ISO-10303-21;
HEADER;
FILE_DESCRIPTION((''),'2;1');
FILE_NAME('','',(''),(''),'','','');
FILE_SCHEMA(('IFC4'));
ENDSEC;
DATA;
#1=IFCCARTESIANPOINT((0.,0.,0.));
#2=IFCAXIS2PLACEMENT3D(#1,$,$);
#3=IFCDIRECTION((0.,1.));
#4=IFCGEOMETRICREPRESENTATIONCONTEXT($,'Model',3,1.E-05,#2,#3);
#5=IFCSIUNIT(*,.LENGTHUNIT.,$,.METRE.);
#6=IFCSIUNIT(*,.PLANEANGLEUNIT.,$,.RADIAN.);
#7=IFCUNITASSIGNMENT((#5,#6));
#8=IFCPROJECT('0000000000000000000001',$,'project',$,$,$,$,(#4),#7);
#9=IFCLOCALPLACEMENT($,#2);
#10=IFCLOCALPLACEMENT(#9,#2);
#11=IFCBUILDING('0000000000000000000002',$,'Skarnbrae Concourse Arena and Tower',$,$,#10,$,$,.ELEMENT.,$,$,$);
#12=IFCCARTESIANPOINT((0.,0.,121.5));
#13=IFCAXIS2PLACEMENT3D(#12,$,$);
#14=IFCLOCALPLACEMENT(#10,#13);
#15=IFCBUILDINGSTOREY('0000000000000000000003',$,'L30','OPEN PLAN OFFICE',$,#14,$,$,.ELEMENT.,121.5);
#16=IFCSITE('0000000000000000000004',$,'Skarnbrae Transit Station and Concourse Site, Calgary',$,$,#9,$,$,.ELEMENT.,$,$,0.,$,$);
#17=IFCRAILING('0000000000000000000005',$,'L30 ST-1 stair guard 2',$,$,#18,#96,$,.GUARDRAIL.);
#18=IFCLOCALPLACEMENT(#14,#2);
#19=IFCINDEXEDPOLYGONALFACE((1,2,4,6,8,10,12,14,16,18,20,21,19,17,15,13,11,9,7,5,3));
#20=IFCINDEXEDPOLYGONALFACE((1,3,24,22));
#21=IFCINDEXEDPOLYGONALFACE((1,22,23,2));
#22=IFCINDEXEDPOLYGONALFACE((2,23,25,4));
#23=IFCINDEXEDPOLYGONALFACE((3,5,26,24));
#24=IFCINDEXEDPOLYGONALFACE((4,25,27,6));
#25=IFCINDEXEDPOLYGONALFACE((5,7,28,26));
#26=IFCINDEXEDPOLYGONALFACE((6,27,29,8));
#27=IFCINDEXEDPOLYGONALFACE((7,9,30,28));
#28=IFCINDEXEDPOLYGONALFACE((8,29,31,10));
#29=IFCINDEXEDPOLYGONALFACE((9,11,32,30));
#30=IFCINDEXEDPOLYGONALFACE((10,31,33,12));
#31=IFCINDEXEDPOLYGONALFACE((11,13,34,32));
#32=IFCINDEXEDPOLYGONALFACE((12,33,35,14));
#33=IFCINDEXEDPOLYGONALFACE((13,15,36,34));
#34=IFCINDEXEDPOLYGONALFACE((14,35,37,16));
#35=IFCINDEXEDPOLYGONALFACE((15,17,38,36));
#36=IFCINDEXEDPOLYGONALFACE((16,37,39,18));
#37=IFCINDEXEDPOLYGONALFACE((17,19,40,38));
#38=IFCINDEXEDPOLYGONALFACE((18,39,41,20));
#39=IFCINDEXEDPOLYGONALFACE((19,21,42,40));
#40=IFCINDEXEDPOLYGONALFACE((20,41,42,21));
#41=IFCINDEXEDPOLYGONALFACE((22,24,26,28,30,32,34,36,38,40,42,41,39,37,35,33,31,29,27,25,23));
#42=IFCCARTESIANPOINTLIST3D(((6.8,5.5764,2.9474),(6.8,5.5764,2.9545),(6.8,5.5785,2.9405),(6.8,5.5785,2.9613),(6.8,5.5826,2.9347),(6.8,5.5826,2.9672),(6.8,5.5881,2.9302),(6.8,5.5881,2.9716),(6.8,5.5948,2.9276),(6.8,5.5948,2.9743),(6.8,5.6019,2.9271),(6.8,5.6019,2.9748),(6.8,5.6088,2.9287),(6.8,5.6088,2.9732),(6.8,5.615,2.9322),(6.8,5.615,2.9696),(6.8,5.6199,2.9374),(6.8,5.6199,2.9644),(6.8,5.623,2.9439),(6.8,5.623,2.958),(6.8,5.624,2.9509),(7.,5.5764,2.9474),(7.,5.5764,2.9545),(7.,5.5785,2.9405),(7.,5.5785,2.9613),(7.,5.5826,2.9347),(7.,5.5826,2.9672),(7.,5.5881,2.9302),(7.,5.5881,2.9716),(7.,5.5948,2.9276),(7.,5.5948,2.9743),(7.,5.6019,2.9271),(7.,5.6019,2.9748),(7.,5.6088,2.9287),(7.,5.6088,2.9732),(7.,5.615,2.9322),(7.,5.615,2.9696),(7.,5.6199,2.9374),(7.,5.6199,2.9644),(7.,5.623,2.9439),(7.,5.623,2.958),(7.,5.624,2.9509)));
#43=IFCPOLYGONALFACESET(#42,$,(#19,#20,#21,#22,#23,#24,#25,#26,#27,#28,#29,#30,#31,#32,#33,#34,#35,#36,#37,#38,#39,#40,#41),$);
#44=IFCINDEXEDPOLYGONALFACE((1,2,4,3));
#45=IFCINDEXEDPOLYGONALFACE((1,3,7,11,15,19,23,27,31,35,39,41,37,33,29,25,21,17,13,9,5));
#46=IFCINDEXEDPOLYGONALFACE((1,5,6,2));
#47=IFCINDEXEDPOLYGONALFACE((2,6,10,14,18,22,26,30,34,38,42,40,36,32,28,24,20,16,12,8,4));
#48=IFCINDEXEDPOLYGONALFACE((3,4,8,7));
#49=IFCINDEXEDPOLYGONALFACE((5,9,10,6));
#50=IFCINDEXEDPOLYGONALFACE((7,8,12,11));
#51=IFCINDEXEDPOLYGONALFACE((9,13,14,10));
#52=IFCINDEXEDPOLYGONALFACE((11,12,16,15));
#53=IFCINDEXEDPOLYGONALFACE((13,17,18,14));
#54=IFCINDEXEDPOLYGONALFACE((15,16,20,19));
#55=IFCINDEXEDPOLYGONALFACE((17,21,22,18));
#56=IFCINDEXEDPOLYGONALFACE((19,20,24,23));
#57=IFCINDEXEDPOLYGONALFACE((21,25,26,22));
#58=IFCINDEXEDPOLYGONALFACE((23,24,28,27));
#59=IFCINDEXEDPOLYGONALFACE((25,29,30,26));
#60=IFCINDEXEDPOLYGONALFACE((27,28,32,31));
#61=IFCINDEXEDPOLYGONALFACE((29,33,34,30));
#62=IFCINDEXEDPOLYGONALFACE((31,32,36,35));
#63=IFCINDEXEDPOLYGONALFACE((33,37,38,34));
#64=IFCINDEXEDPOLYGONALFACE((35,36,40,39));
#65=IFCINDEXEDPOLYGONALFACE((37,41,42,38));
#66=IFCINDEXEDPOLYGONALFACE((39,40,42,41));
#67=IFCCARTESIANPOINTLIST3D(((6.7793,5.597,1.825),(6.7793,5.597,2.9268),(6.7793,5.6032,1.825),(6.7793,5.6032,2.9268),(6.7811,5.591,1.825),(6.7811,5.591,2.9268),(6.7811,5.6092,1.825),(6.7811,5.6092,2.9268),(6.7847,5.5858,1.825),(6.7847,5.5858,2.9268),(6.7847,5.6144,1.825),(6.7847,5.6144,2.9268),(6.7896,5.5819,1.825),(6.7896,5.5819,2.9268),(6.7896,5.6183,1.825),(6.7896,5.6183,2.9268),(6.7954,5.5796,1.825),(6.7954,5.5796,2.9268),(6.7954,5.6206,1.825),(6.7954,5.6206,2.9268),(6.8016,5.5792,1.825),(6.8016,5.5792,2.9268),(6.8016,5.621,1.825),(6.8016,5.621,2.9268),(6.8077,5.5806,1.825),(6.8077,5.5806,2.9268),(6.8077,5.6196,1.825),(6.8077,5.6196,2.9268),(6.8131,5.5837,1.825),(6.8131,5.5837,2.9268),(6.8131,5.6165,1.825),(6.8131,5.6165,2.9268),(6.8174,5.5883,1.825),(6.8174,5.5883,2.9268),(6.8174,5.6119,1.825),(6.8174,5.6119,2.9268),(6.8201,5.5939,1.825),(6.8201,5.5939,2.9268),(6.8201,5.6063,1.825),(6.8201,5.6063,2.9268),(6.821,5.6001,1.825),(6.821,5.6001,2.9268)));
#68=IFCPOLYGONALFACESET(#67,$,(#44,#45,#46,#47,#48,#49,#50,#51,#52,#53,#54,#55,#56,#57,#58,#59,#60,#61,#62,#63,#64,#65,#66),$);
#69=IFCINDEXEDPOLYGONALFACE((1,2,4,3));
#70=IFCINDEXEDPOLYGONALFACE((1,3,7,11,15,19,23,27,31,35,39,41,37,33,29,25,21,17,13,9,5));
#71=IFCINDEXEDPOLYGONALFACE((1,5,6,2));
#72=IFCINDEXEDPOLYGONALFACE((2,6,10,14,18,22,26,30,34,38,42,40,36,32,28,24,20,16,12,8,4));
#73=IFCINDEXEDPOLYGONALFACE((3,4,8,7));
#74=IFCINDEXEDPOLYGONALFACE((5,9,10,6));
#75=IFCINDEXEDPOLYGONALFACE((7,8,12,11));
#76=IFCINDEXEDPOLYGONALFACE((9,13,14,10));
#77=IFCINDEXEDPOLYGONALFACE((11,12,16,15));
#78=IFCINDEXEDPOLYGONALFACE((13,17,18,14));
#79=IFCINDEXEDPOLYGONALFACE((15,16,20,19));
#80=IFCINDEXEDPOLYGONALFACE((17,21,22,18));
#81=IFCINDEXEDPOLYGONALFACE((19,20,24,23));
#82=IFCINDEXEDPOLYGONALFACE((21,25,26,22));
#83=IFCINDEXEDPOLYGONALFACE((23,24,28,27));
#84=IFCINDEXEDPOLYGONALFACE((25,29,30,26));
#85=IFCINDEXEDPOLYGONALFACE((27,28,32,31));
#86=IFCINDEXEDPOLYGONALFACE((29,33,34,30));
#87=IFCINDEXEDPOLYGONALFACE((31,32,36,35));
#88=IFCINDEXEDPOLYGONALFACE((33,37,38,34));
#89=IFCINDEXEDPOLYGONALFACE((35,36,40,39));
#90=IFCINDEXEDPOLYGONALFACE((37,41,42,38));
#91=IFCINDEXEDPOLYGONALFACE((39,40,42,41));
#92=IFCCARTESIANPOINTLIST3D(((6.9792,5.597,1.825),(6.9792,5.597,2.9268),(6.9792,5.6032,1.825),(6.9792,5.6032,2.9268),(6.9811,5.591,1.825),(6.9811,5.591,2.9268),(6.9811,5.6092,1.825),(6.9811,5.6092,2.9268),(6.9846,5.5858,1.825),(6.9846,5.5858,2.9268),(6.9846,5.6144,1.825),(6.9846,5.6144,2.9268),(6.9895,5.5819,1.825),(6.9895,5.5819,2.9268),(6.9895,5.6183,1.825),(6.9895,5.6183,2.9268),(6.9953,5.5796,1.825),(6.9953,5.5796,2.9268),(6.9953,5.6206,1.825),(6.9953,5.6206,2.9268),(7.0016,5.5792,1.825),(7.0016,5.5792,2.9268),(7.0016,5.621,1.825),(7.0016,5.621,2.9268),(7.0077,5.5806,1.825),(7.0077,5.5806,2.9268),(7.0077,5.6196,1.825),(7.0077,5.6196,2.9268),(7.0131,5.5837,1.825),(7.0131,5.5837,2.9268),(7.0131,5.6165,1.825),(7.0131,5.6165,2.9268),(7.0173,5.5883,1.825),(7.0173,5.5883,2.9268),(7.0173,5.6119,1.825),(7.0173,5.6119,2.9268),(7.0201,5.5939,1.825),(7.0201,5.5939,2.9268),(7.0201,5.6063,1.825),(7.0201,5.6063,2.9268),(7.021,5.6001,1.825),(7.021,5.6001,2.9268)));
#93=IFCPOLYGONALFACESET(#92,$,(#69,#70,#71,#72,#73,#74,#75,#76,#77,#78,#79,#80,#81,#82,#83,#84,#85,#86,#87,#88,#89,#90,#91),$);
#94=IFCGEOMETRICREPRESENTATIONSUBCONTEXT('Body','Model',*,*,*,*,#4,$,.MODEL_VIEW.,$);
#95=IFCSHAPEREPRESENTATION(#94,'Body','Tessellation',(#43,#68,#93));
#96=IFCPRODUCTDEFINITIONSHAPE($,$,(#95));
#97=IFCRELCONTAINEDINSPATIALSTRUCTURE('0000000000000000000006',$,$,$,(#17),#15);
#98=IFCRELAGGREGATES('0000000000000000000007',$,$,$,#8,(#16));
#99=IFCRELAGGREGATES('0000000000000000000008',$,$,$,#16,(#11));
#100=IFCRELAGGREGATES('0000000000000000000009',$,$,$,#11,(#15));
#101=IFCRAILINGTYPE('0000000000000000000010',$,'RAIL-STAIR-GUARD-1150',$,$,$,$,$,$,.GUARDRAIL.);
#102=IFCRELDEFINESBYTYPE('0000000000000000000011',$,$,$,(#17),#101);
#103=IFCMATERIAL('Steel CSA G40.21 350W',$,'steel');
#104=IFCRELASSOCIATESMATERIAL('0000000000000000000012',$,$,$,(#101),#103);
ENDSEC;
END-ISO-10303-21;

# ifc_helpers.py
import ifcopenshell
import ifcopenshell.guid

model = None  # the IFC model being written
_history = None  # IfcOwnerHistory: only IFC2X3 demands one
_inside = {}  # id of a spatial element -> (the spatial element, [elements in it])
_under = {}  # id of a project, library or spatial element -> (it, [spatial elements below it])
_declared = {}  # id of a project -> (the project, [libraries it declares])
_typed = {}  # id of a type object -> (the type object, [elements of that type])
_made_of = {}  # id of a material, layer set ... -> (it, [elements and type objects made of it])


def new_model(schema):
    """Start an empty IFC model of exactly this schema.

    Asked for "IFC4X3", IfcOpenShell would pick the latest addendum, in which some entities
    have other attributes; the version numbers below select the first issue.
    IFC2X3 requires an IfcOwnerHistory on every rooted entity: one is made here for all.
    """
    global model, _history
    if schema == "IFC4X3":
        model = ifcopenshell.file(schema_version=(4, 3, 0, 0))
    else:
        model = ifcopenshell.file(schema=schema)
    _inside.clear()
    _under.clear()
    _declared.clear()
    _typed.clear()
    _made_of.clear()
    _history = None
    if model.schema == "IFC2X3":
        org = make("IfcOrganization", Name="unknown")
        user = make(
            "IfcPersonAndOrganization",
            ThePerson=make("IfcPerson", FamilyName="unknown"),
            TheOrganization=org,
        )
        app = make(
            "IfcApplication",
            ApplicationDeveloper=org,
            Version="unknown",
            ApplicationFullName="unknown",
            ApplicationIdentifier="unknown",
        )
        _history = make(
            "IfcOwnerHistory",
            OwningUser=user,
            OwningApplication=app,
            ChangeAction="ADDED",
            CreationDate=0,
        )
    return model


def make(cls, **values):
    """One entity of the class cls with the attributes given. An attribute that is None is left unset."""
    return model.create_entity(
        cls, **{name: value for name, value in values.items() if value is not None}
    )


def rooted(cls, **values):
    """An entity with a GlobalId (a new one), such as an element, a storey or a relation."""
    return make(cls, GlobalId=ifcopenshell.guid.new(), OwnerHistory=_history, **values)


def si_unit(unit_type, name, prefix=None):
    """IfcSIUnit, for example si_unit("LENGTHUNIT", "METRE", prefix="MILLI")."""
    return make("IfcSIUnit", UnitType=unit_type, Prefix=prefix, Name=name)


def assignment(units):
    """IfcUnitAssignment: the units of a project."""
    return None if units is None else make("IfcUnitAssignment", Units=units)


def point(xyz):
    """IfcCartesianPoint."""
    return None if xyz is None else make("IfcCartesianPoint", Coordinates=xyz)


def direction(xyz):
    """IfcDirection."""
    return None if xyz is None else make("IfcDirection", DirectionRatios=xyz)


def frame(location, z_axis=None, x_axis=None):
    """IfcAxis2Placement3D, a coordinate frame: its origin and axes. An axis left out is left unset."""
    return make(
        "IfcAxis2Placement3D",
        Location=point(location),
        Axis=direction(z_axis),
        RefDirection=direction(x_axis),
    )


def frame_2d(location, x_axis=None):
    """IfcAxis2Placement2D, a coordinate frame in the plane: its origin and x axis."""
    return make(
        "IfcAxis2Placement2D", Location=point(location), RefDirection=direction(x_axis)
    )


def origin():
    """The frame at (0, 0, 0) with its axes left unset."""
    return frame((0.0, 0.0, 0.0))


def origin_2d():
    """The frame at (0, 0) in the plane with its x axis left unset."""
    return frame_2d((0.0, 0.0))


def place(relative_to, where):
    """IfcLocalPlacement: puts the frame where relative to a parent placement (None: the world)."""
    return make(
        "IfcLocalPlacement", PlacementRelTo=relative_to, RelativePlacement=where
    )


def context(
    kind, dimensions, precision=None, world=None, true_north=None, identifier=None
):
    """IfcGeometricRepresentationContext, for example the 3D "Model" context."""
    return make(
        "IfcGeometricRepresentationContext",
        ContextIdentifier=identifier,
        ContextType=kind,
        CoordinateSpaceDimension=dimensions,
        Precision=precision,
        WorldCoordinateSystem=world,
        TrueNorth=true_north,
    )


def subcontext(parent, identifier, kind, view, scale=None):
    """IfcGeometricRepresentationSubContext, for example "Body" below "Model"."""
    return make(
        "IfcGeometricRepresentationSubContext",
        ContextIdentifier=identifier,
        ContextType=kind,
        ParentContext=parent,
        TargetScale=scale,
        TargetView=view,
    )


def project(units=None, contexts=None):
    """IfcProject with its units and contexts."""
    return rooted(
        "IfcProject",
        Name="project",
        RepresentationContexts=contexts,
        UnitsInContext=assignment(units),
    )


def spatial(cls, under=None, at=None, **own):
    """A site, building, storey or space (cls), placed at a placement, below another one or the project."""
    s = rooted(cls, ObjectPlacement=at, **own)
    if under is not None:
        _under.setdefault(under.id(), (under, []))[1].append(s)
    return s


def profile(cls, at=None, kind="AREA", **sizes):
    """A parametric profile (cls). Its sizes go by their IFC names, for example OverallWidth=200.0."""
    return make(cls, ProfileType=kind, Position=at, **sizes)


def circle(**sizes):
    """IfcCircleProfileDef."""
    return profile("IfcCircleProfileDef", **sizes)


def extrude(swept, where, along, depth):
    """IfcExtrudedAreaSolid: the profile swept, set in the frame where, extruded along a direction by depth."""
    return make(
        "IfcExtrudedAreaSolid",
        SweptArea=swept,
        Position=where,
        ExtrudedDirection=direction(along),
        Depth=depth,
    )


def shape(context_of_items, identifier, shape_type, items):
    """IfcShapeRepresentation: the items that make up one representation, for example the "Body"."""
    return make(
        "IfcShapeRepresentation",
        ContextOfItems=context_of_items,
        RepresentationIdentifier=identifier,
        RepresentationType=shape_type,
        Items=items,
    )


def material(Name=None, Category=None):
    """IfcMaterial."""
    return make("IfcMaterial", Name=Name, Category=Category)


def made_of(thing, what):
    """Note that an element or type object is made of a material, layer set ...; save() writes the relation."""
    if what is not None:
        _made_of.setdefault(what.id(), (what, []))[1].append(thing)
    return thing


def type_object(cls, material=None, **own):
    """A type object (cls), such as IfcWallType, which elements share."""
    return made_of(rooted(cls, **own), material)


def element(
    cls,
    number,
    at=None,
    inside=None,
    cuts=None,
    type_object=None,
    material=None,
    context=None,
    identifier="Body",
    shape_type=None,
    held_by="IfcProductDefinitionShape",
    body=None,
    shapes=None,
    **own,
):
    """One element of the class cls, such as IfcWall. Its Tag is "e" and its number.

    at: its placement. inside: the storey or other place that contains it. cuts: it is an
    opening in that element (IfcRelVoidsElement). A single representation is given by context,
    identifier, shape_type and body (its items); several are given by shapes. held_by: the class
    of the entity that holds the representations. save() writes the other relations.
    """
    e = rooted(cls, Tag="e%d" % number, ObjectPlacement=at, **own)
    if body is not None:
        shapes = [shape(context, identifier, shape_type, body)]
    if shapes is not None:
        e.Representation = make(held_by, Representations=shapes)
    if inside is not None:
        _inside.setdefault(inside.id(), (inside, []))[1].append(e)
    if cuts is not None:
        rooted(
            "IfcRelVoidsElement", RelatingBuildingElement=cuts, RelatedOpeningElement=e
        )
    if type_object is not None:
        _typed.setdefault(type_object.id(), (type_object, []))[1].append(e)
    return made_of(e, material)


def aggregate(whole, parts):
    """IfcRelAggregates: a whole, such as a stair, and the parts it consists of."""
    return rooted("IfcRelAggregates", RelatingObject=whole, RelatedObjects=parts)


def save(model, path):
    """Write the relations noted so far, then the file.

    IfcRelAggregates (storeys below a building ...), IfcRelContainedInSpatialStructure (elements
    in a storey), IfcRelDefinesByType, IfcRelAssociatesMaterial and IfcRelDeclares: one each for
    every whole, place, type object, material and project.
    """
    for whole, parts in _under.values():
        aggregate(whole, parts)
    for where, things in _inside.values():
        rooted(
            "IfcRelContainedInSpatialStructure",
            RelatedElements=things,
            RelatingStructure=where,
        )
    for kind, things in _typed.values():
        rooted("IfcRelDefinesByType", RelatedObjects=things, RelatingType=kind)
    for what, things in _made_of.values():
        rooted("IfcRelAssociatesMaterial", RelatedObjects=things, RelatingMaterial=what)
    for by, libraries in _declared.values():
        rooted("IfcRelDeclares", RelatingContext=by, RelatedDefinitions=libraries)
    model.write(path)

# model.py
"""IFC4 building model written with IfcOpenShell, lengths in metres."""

from ifc_helpers import new_model, si_unit, direction, frame, origin, origin_2d, place, context, subcontext, project, spatial, circle, extrude, material, type_object, element, save


model = new_model("IFC4")

# Units and contexts
model_context = context("Model", 3, precision=1e-05, world=origin(), true_north=direction((0.0, 1.0)))
body_context = subcontext(model_context, "Body", "Model", "MODEL_VIEW")
ifc_project = project(units=[si_unit("LENGTHUNIT", "METRE"), si_unit("PLANEANGLEUNIT", "RADIAN")], contexts=[model_context])

# Site, building, storey
site_placement = place(None, origin())
site = spatial("IfcSite", under=ifc_project, at=site_placement, Name="Skarnbrae Transit Station and Concourse Site, Calgary", CompositionType="ELEMENT", RefElevation=0.0)
building_placement = place(site_placement, origin())
building = spatial("IfcBuilding", under=site, at=building_placement, Name="Skarnbrae Concourse Arena and Tower", CompositionType="ELEMENT")
storey_placement = place(building_placement, frame((0.0, 0.0, 121.5)))
storey = spatial("IfcBuildingStorey", under=building, at=storey_placement, Name="L30", Description="OPEN PLAN OFFICE", CompositionType="ELEMENT", Elevation=121.5)

# Shared definitions
ifc_material_1 = material(Name="Steel CSA G40.21 350W", Category="steel")

# Railing
railing_type_1 = type_object("IfcRailingType", Name="RAIL-STAIR-GUARD-1150", PredefinedType="GUARDRAIL", material=ifc_material_1)
railing_1_placement = place(storey_placement, frame((6.8, 5.6001, 1.825)))
element("IfcRailing", 1, at=railing_1_placement, inside=storey, type_object=railing_type_1, Name="L30 ST-1 stair guard 2", PredefinedType="GUARDRAIL", context=body_context, shape_type="SweptSolid", body=[
    extrude(circle(Radius=0.0239, at=origin_2d()), frame((0.0, 0.0, 1.126), z_axis=(1.0, 0.0, 0.0), x_axis=(0.0, 1.0, 0.0)), (0.0, 0.0, 1.0), 0.2),
    extrude(circle(Radius=0.021, at=origin_2d()), origin(), (0.0, 0.0, 1.0), 1.1018),
    extrude(circle(Radius=0.021, at=origin_2d()), frame((0.2, 0.0, 0.0)), (0.0, 0.0, 1.0), 1.1018),
])

save(model, "model.ifc")
